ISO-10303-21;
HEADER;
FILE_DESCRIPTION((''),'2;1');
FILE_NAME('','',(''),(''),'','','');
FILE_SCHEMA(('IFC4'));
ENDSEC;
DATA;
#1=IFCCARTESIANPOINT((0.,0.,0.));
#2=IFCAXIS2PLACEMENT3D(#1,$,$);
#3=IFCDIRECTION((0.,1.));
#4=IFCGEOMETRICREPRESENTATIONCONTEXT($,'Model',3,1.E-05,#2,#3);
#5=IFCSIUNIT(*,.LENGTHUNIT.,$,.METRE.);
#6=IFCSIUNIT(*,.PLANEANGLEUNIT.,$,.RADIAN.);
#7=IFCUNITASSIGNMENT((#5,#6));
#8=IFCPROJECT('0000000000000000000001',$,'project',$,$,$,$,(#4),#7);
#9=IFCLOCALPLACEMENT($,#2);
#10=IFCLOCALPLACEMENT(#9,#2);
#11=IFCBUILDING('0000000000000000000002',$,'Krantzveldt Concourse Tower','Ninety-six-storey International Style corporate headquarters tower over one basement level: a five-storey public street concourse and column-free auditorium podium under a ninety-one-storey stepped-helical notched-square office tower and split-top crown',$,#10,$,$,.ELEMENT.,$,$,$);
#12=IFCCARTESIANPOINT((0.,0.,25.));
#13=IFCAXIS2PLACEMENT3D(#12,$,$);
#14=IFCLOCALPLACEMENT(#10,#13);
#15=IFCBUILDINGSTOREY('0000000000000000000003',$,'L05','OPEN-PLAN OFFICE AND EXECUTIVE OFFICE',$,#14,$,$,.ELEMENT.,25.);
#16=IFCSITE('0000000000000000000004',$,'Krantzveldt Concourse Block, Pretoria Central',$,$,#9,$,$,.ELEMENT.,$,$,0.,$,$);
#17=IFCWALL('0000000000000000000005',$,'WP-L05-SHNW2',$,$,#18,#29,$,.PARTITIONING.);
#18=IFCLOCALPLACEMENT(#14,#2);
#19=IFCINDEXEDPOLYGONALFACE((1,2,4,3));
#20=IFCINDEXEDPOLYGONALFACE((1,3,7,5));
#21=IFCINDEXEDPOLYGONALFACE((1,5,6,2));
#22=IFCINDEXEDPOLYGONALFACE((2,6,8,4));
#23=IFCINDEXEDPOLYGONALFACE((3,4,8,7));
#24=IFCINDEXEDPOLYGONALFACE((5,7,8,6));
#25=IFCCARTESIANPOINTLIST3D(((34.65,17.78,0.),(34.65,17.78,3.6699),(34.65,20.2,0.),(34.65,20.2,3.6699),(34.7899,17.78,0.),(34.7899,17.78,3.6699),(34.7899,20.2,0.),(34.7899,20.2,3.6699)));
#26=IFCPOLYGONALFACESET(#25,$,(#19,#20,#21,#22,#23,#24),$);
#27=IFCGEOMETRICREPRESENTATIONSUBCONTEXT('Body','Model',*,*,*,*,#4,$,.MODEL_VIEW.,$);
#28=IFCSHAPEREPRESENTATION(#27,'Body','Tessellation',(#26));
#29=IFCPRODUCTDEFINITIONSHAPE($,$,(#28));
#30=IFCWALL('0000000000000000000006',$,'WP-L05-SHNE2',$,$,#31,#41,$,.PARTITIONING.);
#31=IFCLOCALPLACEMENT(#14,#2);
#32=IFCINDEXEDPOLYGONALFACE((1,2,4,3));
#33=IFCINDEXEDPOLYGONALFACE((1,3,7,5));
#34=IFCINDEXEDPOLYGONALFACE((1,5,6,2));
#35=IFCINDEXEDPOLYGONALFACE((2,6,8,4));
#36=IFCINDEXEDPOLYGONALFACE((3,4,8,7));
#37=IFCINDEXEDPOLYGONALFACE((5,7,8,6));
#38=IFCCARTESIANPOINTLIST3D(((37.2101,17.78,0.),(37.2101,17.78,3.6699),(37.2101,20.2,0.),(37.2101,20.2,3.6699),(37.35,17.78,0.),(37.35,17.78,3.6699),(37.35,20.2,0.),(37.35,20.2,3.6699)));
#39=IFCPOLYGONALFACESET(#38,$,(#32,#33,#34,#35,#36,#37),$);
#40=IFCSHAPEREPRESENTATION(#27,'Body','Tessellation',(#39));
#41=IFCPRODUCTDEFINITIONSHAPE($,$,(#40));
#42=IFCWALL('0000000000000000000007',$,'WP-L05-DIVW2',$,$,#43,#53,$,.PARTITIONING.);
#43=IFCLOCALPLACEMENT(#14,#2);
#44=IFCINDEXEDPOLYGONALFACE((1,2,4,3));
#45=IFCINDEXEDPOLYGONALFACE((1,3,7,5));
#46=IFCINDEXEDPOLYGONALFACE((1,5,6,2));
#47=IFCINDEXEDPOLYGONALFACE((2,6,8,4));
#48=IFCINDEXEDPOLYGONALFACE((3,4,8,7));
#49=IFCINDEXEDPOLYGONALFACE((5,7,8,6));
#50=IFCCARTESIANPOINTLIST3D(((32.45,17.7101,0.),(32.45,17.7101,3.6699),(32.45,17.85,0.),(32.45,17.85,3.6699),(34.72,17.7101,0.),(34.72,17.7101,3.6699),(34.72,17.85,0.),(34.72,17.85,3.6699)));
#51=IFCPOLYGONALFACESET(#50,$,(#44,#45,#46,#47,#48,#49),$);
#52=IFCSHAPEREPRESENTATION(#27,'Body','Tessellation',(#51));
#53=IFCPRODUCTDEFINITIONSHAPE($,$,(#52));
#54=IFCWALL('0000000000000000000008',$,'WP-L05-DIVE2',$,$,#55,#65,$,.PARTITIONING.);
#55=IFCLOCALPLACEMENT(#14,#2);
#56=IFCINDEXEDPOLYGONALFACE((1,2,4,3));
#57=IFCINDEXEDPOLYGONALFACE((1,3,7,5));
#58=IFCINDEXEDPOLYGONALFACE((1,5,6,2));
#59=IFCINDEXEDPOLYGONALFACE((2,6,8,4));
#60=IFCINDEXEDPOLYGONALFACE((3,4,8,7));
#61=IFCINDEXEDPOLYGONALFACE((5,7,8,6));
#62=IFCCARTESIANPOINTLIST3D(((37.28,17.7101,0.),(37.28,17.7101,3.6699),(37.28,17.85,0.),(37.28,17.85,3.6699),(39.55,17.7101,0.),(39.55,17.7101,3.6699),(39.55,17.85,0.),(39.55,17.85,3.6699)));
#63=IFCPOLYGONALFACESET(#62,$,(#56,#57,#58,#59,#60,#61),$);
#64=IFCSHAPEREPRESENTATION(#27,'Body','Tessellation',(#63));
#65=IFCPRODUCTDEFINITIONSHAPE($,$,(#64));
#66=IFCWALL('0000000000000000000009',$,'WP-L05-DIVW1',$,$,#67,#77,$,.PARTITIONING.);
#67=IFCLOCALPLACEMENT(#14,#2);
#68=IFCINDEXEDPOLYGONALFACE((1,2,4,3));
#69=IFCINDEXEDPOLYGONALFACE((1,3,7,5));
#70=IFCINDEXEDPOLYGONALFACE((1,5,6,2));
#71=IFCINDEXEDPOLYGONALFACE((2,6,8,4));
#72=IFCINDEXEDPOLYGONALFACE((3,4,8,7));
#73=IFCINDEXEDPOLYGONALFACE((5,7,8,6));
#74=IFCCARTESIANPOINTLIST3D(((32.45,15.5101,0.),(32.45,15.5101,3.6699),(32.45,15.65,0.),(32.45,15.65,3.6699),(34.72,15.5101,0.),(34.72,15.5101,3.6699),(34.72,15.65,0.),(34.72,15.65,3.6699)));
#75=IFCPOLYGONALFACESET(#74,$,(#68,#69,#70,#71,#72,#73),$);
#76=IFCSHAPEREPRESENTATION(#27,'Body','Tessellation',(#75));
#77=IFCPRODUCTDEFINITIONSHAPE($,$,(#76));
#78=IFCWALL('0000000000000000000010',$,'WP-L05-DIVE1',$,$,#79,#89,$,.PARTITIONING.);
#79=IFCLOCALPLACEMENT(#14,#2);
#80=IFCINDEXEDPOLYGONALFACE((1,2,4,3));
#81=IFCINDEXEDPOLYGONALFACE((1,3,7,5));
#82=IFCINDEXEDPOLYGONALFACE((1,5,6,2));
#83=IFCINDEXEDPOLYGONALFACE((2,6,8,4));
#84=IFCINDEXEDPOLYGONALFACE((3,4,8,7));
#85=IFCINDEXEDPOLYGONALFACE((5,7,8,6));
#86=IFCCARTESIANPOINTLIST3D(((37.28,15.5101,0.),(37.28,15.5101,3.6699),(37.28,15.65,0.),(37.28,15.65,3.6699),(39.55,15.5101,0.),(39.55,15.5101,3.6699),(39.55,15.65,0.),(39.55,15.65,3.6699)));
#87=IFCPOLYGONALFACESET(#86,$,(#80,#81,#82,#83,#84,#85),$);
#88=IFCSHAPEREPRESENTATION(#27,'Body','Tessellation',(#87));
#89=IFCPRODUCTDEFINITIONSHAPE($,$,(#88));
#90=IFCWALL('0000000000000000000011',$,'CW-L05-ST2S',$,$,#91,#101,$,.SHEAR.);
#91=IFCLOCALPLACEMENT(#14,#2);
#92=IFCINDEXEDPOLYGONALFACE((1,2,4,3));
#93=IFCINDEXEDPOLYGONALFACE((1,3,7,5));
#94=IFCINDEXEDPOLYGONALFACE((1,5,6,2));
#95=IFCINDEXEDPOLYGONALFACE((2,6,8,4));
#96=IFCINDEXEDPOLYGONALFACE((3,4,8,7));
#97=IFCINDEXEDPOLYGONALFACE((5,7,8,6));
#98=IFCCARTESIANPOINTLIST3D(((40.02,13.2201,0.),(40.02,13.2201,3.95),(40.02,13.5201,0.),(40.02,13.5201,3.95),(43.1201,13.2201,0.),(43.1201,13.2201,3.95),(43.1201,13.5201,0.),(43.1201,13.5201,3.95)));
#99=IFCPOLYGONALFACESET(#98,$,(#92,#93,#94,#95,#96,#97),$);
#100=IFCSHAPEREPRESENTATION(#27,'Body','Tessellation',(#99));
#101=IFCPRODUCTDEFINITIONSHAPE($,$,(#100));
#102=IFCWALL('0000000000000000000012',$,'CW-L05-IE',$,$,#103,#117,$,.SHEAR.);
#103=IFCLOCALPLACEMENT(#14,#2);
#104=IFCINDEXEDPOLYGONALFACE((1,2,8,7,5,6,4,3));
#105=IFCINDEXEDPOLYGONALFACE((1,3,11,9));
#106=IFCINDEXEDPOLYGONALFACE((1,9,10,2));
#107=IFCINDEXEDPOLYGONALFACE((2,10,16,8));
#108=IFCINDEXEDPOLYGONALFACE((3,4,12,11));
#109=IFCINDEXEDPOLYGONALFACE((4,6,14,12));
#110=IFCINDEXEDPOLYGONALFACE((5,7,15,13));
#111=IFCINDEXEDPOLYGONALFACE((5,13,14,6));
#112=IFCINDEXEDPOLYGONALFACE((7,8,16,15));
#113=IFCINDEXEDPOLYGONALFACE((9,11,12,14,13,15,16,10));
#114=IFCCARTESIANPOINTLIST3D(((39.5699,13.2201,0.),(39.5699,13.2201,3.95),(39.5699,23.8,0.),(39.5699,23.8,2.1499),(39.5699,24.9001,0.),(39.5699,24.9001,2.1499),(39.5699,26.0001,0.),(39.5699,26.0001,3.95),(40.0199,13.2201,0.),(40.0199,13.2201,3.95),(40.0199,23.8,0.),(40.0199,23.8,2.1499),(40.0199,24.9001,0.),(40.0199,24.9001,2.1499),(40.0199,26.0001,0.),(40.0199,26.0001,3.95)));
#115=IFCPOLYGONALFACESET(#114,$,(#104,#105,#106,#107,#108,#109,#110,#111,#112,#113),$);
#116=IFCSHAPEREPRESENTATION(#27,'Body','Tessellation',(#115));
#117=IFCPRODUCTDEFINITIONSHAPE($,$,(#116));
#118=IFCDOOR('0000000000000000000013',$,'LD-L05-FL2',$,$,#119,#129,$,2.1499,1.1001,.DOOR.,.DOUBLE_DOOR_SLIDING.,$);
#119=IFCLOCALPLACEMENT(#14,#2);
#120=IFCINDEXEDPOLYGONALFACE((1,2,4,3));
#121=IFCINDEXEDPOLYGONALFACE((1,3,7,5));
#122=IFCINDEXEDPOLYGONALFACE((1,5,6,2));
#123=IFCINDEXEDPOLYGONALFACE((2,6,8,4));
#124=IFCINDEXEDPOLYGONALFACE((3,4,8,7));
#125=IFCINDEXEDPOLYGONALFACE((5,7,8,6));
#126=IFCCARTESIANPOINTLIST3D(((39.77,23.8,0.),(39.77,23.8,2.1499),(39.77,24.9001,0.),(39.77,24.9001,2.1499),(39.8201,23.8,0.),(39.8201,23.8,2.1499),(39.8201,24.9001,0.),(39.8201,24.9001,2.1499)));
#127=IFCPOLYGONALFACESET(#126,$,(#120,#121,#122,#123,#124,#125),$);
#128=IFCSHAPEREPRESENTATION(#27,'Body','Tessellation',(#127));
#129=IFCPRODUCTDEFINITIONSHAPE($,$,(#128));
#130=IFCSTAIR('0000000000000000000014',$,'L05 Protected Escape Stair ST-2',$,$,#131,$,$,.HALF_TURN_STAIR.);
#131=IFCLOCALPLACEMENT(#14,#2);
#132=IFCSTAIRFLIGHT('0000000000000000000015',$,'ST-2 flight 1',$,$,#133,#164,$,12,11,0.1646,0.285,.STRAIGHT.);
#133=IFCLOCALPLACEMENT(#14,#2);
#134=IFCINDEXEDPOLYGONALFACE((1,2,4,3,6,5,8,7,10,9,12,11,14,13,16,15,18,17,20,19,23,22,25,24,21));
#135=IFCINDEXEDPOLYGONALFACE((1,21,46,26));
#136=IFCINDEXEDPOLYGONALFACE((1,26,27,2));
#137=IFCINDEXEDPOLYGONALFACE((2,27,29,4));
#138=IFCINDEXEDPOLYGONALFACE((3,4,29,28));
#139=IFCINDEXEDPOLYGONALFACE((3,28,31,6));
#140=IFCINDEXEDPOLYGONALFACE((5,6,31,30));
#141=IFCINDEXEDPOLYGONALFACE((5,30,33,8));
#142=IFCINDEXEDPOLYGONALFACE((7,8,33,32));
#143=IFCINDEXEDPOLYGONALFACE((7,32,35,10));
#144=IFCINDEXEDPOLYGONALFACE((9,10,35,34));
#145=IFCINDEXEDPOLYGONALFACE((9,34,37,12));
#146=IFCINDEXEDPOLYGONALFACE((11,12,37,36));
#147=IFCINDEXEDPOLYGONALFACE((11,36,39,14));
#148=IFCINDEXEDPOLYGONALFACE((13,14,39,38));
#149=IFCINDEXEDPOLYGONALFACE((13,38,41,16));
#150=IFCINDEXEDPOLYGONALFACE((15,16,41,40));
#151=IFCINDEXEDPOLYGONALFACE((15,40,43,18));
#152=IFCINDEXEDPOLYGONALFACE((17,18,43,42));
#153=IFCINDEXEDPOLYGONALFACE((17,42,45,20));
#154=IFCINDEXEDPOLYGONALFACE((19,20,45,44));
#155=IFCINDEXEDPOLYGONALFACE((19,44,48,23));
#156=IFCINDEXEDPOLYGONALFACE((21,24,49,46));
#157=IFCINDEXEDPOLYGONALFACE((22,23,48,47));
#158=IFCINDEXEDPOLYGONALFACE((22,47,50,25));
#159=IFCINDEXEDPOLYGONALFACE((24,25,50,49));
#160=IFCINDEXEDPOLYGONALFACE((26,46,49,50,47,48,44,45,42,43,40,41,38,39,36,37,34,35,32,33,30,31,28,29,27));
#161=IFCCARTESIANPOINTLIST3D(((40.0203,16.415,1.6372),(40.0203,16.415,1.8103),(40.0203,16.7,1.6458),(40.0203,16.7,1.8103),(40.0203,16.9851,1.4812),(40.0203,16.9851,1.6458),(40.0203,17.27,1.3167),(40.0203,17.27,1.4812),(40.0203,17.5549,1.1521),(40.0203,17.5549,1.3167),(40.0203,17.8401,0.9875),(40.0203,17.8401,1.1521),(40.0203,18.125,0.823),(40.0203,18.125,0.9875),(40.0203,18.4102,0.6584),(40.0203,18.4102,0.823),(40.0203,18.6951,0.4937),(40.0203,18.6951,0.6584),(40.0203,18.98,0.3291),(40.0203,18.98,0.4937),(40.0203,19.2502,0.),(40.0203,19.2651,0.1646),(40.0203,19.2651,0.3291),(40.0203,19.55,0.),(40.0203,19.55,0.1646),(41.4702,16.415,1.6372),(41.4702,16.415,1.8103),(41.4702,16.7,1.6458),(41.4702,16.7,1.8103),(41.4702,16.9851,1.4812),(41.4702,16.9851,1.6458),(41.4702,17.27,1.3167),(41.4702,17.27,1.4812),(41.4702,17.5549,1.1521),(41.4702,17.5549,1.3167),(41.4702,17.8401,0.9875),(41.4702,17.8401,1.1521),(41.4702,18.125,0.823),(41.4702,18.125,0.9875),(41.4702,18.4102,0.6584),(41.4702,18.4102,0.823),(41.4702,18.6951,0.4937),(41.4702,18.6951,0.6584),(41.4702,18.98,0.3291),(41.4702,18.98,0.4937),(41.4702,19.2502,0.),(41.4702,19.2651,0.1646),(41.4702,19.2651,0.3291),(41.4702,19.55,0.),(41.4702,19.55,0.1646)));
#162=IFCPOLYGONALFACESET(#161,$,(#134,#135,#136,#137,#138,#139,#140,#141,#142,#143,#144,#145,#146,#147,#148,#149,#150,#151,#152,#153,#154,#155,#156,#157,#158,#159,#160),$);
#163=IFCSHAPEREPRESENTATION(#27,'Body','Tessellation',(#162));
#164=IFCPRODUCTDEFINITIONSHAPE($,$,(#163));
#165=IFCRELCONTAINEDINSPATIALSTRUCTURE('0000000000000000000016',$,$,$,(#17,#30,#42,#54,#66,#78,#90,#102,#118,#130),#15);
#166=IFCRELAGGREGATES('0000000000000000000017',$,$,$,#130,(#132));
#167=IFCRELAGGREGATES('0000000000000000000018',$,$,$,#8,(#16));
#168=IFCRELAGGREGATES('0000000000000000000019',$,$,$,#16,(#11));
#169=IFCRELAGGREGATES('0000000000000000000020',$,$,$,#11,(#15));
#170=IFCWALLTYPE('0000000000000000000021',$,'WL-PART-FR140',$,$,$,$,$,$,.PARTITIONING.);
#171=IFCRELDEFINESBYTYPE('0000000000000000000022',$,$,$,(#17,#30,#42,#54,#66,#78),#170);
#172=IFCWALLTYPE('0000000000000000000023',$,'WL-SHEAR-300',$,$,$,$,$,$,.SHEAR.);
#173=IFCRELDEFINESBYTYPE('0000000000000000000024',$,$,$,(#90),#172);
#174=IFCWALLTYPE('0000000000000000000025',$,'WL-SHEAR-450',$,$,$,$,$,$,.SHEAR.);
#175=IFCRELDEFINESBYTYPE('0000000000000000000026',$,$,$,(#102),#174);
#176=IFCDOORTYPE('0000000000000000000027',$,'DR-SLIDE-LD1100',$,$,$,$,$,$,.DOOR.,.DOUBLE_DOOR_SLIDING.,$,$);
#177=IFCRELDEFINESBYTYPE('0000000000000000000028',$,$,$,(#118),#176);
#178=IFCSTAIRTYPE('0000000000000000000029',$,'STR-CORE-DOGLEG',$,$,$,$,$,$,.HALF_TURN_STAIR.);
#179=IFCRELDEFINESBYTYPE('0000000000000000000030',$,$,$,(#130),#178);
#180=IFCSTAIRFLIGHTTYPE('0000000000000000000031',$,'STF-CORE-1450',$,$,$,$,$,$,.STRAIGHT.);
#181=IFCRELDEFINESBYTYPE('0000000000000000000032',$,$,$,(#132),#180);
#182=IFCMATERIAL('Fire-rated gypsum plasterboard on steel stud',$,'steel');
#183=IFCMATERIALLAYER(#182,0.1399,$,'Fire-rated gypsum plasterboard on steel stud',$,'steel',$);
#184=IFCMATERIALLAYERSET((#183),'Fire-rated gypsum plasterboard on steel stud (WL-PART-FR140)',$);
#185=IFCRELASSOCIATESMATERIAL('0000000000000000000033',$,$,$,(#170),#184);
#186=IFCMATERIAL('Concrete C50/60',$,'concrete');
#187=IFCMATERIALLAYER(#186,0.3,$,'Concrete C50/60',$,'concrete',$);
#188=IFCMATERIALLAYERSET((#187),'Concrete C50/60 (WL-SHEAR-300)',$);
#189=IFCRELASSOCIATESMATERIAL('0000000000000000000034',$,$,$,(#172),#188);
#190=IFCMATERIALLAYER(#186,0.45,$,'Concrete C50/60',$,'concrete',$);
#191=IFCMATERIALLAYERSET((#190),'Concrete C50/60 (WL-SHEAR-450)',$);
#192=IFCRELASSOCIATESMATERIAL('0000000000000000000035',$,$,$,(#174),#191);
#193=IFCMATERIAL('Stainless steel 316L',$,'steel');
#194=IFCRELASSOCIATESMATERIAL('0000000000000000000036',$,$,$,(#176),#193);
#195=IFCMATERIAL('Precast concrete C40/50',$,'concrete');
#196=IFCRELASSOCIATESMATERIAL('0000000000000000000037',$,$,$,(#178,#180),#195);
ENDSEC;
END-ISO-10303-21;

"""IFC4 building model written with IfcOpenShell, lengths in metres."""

from ifc_helpers import new_model, si_unit, direction, frame, frame_2d, origin, place, context, subcontext, project, spatial, polyline, rectangle, outline, extrude, material, layer, layer_set, type_object, element, fill, aggregate, save


model = new_model("IFC4")

# Units and contexts
model_context = context("Model", 3, precision=1e-05, world=origin(), true_north=direction((0.0, 1.0)))
body_context = subcontext(model_context, "Body", "Model", "MODEL_VIEW")
ifc_project = project(units=[si_unit("LENGTHUNIT", "METRE"), si_unit("PLANEANGLEUNIT", "RADIAN")], contexts=[model_context])

# Site, building, storey
site_placement = place(None, origin())
site = spatial("IfcSite", under=ifc_project, at=site_placement, Name="Krantzveldt Concourse Block, Pretoria Central", CompositionType="ELEMENT", RefElevation=0.0)
building_placement = place(site_placement, origin())
building = spatial("IfcBuilding", under=site, at=building_placement, Name="Krantzveldt Concourse Tower", Description="Ninety-six-storey International Style corporate headquarters tower over one basement level: a five-storey public street concourse and column-free auditorium podium under a ninety-one-storey stepped-helical notched-square office tower and split-top crown", CompositionType="ELEMENT")
storey_placement = place(building_placement, frame((0.0, 0.0, 25.0)))
storey = spatial("IfcBuildingStorey", under=building, at=storey_placement, Name="L05", Description="OPEN-PLAN OFFICE AND EXECUTIVE OFFICE", CompositionType="ELEMENT", Elevation=25.0)

# Walls
ifc_material_1 = material(Name="Fire-rated gypsum plasterboard on steel stud", Category="steel")
ifc_layer_1 = layer(ifc_material_1, 0.1399, Name="Fire-rated gypsum plasterboard on steel stud", Category="steel")
ifc_layer_set_1 = layer_set([ifc_layer_1], Name="Fire-rated gypsum plasterboard on steel stud (WL-PART-FR140)")
wall_type_1 = type_object("IfcWallType", Name="WL-PART-FR140", PredefinedType="PARTITIONING", material=ifc_layer_set_1)
for number, where, z_axis, x_axis, name in (
    (1, (34.72, 17.78, 0.0), (0.0, 0.0, 1.0), (0.0, 1.0, 0.0), "WP-L05-SHNW2"),
    (2, (37.28, 17.78, 0.0), (0.0, 0.0, 1.0), (0.0, 1.0, 0.0), "WP-L05-SHNE2"),
):
    element("IfcWall", number, at=place(storey_placement, frame(where, z_axis=z_axis, x_axis=x_axis)), inside=storey, type_object=wall_type_1, Name=name, PredefinedType="PARTITIONING", context=body_context, shape_type="SweptSolid", body=[
        extrude(rectangle(XDim=2.4199, YDim=0.1399, at=frame_2d((1.21, 0.0))), origin(), (0.0, 0.0, 1.0), 3.6699),
    ])
for number, where, z_axis, x_axis, name in (
    (3, (32.45, 17.78, 0.0), (0.0, 0.0, 1.0), (1.0, 0.0, 0.0), "WP-L05-DIVW2"),
    (4, (37.28, 17.78, 0.0), (0.0, 0.0, 1.0), (1.0, 0.0, 0.0), "WP-L05-DIVE2"),
    (5, (32.45, 15.5801, 0.0), (0.0, 0.0, 1.0), (1.0, 0.0, 0.0), "WP-L05-DIVW1"),
    (6, (37.28, 15.5801, 0.0), (0.0, 0.0, 1.0), (1.0, 0.0, 0.0), "WP-L05-DIVE1"),
):
    element("IfcWall", number, at=place(storey_placement, frame(where, z_axis=z_axis, x_axis=x_axis)), inside=storey, type_object=wall_type_1, Name=name, PredefinedType="PARTITIONING", context=body_context, shape_type="SweptSolid", body=[
        extrude(rectangle(XDim=2.27, YDim=0.1399, at=frame_2d((1.135, 0.0))), origin(), (0.0, 0.0, 1.0), 3.6699),
    ])
ifc_material_2 = material(Name="Concrete C50/60", Category="concrete")
ifc_layer_2 = layer(ifc_material_2, 0.3, Name="Concrete C50/60", Category="concrete")
ifc_layer_set_2 = layer_set([ifc_layer_2], Name="Concrete C50/60 (WL-SHEAR-300)")
wall_type_2 = type_object("IfcWallType", Name="WL-SHEAR-300", PredefinedType="SHEAR", material=ifc_layer_set_2)
wall_1_placement = place(storey_placement, frame((40.02, 13.3701, 0.0), z_axis=(0.0, 0.0, 1.0), x_axis=(1.0, 0.0, 0.0)))
element("IfcWall", 7, at=wall_1_placement, inside=storey, type_object=wall_type_2, Name="CW-L05-ST2S", PredefinedType="SHEAR", context=body_context, shape_type="SweptSolid", body=[
    extrude(rectangle(XDim=3.1001, YDim=0.3, at=frame_2d((1.55, 0.0))), origin(), (0.0, 0.0, 1.0), 3.95),
])

# Wall, opening, door
ifc_layer_3 = layer(ifc_material_2, 0.45, Name="Concrete C50/60", Category="concrete")
ifc_layer_set_3 = layer_set([ifc_layer_3], Name="Concrete C50/60 (WL-SHEAR-450)")
wall_type_3 = type_object("IfcWallType", Name="WL-SHEAR-450", PredefinedType="SHEAR", material=ifc_layer_set_3)
wall_2_placement = place(storey_placement, frame((39.7949, 13.22, 0.0), z_axis=(0.0, 0.0, 1.0), x_axis=(0.0, 1.0, 0.0)))
wall_2 = element("IfcWall", 8, at=wall_2_placement, inside=storey, type_object=wall_type_3, Name="CW-L05-IE", PredefinedType="SHEAR", context=body_context, shape_type="SweptSolid", body=[
    extrude(rectangle(XDim=12.78, YDim=0.45, at=frame_2d((6.3901, 0.0))), origin(), (0.0, 0.0, 1.0), 3.95),
])
opening_placement = place(wall_2_placement, frame((10.5801, 0.0, 0.0)))
opening = element("IfcOpeningElement", 9, at=opening_placement, cuts=wall_2, PredefinedType="OPENING", context=body_context, shape_type="SweptSolid", body=[
    extrude(rectangle(XDim=1.1001, YDim=2.1499, at=frame_2d((0.55, 1.075))), frame((0.0, 0.2349, 0.0), z_axis=(0.0, -1.0, 0.0), x_axis=(1.0, 0.0, 0.0)), (0.0, 0.0, 1.0), 0.47),
])
ifc_material_3 = material(Name="Stainless steel 316L", Category="steel")
door_type = type_object("IfcDoorType", Name="DR-SLIDE-LD1100", OperationType="DOUBLE_DOOR_SLIDING", PredefinedType="DOOR", material=ifc_material_3)
door_placement = place(opening_placement, origin())
door = element("IfcDoor", 10, at=door_placement, inside=storey, type_object=door_type, Name="LD-L05-FL2", OperationType="DOUBLE_DOOR_SLIDING", OverallHeight=2.1499, OverallWidth=1.1001, PredefinedType="DOOR", context=body_context, shape_type="SweptSolid", body=[
    extrude(rectangle(XDim=1.1001, YDim=2.1499, at=frame_2d((0.55, 1.075))), frame((0.0, 0.0249, 0.0), z_axis=(0.0, -1.0, 0.0), x_axis=(1.0, 0.0, 0.0)), (0.0, 0.0, 1.0), 0.05),
])
fill(opening, door)

# Stair, stair flight
ifc_material_4 = material(Name="Precast concrete C40/50", Category="concrete")
stair_type = type_object("IfcStairType", Name="STR-CORE-DOGLEG", PredefinedType="HALF_TURN_STAIR", material=ifc_material_4)
stair_placement = place(storey_placement, origin())
stair = element("IfcStair", 11, at=stair_placement, inside=storey, type_object=stair_type, Name="L05 Protected Escape Stair ST-2", PredefinedType="HALF_TURN_STAIR")
stair_flight_type = type_object("IfcStairFlightType", Name="STF-CORE-1450", PredefinedType="STRAIGHT", material=ifc_material_4)
stair_flight_1_placement = place(storey_placement, frame((40.7451, 19.55, 0.0), z_axis=(0.0, 0.0, 1.0), x_axis=(0.0, -1.0, 0.0)))
stair_flight_1 = element("IfcStairFlight", 12, at=stair_flight_1_placement, type_object=stair_flight_type, Name="ST-2 flight 1", NumberOfRisers=12, NumberOfTreads=11, PredefinedType="STRAIGHT", RiserHeight=0.1646, TreadLength=0.285, context=body_context, shape_type="SweptSolid", body=[
    extrude(outline(polyline([(0.0, 0.0), (0.0, 0.1646), (0.2849, 0.1646), (0.2849, 0.3291), (0.5701, 0.3291), (0.5701, 0.4937), (0.855, 0.4937), (0.855, 0.6584), (1.1399, 0.6584), (1.1399, 0.823), (1.425, 0.823), (1.425, 0.9875), (1.71, 0.9875), (1.71, 1.1521), (1.9951, 1.1521), (1.9951, 1.3167), (2.28, 1.3167), (2.28, 1.4812), (2.5649, 1.4812), (2.5649, 1.6458), (2.8501, 1.6458), (2.8501, 1.8103), (3.135, 1.8103), (3.135, 1.9751), (3.135, 1.6372), (0.2998, 0.0), (0.0, 0.0)])), frame((0.0, 0.7251, 0.0), z_axis=(0.0, -1.0, 0.0), x_axis=(1.0, 0.0, 0.0)), (0.0, 0.0, 1.0), 1.45),
])
aggregate(stair, [stair_flight_1])

save(model, "model.ifc")
